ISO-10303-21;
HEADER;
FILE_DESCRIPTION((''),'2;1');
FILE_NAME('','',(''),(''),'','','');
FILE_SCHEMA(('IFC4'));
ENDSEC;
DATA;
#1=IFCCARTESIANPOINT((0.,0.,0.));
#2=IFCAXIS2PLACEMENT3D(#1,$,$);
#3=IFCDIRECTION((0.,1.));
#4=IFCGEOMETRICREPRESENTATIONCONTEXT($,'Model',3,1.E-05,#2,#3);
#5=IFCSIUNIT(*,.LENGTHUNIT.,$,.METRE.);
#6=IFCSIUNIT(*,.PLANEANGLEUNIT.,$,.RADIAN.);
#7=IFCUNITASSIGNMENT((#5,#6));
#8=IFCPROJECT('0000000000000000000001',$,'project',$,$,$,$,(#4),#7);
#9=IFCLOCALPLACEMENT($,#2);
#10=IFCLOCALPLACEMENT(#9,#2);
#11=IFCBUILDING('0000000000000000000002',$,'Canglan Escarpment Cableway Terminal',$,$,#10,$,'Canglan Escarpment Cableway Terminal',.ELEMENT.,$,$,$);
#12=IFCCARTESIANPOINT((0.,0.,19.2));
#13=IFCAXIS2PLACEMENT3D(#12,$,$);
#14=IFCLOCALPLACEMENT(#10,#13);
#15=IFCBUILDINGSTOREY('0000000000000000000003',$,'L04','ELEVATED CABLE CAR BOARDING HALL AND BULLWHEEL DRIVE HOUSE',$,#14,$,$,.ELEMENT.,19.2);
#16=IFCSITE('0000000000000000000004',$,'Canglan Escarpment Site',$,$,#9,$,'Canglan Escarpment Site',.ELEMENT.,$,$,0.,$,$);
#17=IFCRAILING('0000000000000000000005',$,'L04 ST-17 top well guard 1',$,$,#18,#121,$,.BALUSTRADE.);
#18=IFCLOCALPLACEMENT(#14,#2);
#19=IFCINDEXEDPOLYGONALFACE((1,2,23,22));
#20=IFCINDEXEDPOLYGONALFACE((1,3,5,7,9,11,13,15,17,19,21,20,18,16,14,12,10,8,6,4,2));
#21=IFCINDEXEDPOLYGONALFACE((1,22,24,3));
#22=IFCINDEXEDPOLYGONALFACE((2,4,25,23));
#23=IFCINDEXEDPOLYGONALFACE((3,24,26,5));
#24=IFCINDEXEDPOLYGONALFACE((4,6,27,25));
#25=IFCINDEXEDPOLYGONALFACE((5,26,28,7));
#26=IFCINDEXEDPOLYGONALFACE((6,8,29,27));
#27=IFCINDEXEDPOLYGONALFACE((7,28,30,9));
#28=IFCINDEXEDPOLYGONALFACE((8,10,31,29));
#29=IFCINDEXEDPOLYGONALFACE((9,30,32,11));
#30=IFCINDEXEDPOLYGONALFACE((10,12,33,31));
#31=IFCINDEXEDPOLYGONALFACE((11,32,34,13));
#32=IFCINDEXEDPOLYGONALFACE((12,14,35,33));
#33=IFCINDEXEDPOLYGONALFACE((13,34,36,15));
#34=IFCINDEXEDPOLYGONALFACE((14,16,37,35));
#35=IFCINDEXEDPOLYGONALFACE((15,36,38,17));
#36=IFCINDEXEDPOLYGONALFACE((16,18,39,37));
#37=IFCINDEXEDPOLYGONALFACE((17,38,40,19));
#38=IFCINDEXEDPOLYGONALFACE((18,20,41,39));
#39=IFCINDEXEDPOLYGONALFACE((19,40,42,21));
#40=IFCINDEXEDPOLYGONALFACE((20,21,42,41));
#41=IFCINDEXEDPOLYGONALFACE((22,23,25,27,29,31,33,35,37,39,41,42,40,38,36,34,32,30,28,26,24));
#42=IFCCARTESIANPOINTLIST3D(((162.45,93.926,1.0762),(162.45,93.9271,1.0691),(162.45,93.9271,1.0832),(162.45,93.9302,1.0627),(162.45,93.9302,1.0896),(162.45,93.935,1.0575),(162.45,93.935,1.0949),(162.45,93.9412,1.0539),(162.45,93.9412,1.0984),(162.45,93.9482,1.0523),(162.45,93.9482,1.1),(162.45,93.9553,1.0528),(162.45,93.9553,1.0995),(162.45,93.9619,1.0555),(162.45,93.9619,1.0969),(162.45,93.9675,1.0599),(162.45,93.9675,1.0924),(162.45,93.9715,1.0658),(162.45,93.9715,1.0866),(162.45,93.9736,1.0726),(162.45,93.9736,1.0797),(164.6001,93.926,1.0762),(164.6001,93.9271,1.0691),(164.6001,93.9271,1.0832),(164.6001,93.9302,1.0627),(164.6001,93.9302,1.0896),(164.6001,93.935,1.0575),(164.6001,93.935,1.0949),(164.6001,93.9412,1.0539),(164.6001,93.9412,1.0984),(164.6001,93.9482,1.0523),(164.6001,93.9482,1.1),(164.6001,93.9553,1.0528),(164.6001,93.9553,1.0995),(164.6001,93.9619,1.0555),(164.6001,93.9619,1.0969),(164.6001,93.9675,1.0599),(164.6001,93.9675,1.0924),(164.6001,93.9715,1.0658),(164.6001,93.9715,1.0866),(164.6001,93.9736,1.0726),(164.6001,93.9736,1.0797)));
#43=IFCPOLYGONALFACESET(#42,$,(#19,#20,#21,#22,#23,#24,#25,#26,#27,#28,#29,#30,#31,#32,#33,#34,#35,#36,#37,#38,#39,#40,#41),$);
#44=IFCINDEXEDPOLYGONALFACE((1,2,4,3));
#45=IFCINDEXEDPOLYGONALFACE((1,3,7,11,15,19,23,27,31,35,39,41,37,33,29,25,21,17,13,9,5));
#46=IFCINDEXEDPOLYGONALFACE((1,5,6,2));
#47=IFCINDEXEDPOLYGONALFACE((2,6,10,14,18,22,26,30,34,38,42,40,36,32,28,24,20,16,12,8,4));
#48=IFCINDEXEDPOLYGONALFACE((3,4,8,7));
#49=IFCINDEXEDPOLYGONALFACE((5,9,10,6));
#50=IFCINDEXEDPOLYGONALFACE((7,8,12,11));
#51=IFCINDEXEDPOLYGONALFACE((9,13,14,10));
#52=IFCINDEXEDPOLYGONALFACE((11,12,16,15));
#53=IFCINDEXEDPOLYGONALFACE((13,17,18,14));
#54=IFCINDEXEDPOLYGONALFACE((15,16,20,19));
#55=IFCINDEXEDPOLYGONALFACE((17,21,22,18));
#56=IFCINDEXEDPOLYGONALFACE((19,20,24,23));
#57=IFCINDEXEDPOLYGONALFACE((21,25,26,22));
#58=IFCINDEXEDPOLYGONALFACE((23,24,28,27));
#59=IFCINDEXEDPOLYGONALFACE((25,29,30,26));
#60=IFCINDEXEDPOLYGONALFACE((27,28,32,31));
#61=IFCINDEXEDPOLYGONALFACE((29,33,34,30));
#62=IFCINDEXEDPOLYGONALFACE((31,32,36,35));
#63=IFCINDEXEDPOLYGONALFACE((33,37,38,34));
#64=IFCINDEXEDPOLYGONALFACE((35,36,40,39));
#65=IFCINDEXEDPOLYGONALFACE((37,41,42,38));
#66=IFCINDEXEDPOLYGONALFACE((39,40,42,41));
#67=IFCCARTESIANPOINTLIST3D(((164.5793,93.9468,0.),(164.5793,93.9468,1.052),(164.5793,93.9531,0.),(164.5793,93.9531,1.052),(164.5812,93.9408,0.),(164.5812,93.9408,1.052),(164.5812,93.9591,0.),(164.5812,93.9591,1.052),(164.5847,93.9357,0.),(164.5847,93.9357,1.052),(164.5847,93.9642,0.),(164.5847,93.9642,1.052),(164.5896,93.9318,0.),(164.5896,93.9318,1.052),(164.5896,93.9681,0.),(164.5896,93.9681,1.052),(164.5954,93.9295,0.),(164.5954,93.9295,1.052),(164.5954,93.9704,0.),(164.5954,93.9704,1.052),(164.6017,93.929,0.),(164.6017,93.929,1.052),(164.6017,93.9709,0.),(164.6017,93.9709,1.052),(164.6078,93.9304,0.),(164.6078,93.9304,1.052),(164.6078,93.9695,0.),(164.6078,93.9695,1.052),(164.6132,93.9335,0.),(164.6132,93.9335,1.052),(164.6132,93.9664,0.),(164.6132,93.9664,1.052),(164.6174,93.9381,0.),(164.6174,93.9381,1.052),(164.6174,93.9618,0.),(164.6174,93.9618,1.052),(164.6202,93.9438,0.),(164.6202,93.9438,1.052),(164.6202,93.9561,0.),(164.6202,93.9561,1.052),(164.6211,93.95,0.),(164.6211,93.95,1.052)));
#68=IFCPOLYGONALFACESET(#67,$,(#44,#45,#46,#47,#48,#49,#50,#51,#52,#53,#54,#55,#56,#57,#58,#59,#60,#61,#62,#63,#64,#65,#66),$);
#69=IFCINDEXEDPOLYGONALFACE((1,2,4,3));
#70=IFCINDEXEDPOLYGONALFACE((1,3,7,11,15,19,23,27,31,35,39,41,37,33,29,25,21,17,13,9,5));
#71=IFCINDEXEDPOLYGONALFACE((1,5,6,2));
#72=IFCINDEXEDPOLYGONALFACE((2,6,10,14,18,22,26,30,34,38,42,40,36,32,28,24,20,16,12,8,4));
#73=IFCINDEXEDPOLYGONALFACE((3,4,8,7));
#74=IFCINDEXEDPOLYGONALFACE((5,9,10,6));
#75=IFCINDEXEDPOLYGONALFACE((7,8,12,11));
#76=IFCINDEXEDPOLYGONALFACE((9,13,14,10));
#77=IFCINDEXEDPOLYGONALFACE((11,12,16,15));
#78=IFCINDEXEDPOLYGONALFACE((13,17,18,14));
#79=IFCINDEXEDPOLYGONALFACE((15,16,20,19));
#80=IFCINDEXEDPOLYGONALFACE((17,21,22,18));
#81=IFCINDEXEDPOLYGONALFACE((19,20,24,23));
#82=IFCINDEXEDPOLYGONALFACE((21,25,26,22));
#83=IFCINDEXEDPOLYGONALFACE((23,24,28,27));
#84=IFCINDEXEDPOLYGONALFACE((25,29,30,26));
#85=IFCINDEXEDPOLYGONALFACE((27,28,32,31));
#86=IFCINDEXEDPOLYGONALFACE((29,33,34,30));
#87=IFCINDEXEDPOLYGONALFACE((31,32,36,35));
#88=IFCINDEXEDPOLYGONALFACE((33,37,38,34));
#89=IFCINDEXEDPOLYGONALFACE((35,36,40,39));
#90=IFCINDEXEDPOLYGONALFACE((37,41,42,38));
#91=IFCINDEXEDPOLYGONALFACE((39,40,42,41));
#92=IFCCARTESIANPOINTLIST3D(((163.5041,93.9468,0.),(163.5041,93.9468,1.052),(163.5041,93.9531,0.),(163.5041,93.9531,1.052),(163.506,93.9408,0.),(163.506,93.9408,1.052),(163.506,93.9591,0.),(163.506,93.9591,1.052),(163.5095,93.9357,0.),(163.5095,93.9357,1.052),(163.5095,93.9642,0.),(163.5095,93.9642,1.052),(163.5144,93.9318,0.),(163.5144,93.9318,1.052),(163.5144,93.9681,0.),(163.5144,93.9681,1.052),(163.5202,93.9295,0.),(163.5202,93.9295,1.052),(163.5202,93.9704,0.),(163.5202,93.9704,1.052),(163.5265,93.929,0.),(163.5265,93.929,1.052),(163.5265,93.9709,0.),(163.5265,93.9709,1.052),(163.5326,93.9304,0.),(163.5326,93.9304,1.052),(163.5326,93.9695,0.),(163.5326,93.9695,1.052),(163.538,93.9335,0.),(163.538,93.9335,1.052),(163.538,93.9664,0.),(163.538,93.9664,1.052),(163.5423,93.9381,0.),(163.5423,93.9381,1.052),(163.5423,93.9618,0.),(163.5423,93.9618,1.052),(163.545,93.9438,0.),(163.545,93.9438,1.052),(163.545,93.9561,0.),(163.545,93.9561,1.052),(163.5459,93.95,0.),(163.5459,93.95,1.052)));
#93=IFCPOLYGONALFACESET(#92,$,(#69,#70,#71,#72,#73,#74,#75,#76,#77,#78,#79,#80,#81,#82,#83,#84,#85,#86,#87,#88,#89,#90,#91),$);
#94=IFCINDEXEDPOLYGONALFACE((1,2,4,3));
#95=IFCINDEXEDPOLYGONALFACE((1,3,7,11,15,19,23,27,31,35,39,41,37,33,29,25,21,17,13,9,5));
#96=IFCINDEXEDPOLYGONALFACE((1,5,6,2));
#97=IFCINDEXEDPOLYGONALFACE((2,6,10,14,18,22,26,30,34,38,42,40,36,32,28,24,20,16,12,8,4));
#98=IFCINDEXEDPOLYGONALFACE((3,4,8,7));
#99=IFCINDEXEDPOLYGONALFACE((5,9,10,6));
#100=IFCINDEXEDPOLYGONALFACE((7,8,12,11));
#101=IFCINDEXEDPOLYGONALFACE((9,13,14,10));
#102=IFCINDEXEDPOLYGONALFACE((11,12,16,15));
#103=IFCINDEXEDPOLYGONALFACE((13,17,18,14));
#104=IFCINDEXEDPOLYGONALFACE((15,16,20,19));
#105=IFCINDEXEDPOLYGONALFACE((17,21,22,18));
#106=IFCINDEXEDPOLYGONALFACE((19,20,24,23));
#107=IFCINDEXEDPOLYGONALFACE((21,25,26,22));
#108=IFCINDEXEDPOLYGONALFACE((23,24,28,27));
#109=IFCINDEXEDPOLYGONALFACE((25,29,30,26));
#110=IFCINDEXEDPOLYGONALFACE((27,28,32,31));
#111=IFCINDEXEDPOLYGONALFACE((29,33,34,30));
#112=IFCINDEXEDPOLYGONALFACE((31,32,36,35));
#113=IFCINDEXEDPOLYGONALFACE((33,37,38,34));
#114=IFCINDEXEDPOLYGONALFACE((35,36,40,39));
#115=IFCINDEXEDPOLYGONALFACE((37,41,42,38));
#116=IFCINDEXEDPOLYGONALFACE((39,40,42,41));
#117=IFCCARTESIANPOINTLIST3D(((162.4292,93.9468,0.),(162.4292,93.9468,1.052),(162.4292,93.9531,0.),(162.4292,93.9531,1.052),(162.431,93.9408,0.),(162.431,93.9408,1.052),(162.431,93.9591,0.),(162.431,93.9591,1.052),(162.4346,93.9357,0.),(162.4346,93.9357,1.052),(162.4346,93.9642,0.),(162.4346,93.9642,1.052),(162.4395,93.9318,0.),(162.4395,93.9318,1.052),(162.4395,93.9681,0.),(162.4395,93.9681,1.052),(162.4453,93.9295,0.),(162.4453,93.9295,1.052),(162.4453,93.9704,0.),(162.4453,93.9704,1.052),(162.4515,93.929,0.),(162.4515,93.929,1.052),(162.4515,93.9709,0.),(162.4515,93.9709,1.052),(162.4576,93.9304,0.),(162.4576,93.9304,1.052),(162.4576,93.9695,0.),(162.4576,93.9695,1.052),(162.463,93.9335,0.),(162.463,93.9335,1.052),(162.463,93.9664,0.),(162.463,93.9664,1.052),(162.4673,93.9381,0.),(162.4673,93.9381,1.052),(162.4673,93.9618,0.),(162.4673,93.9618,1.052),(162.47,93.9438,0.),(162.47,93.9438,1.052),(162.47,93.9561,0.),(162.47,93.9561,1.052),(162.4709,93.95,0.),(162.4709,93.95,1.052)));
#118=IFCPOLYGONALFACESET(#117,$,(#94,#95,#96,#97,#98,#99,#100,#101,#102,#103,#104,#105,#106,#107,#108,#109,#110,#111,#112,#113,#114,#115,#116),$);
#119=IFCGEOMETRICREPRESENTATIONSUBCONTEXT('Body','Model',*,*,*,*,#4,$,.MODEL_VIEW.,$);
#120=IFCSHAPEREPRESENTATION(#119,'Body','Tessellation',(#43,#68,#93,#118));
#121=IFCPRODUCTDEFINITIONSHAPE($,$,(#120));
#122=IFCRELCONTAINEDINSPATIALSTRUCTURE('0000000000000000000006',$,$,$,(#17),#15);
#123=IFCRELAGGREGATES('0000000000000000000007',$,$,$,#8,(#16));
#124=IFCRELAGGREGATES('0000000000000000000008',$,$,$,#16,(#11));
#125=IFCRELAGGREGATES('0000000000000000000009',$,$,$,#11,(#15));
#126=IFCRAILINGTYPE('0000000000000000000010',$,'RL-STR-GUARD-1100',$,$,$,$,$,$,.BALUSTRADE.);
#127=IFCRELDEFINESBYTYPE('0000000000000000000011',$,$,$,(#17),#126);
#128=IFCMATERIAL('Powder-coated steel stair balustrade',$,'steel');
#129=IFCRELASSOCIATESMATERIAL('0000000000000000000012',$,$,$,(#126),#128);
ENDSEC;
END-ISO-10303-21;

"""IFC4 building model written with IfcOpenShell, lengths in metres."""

from ifc_helpers import new_model, si_unit, direction, frame, origin, origin_2d, place, context, subcontext, project, spatial, circle, extrude, material, type_object, element, save


model = new_model("IFC4")

# Units and contexts
model_context = context("Model", 3, precision=1e-05, world=origin(), true_north=direction((0.0, 1.0)))
body_context = subcontext(model_context, "Body", "Model", "MODEL_VIEW")
ifc_project = project(units=[si_unit("LENGTHUNIT", "METRE"), si_unit("PLANEANGLEUNIT", "RADIAN")], contexts=[model_context])

# Site, building, storey
site_placement = place(None, origin())
site = spatial("IfcSite", under=ifc_project, at=site_placement, Name="Canglan Escarpment Site", LongName="Canglan Escarpment Site", CompositionType="ELEMENT", RefElevation=0.0)
building_placement = place(site_placement, origin())
building = spatial("IfcBuilding", under=site, at=building_placement, Name="Canglan Escarpment Cableway Terminal", LongName="Canglan Escarpment Cableway Terminal", CompositionType="ELEMENT")
storey_placement = place(building_placement, frame((0.0, 0.0, 19.2)))
storey = spatial("IfcBuildingStorey", under=building, at=storey_placement, Name="L04", Description="ELEVATED CABLE CAR BOARDING HALL AND BULLWHEEL DRIVE HOUSE", CompositionType="ELEMENT", Elevation=19.2)

# Railing
ifc_material_1 = material(Name="Powder-coated steel stair balustrade", Category="steel")
railing_type = type_object("IfcRailingType", Name="RL-STR-GUARD-1100", PredefinedType="BALUSTRADE", material=ifc_material_1)
for number, where, name in (
    (1, (164.6001, 93.95, 0.0), "L04 ST-17 top well guard 1"),
):
    element("IfcRailing", number, at=place(storey_placement, frame(where)), inside=storey, type_object=railing_type, Name=name, PredefinedType="BALUSTRADE", context=body_context, shape_type="SweptSolid", body=[
        extrude(circle(Radius=0.0239, at=origin_2d()), frame((0.0, 0.0, 1.0762), z_axis=(-1.0, 0.0, 0.0), x_axis=(0.0, -1.0, 0.0)), (0.0, 0.0, 1.0), 2.1501),
        extrude(circle(Radius=0.021, at=origin_2d()), origin(), (0.0, 0.0, 1.0), 1.052),
        extrude(circle(Radius=0.021, at=origin_2d()), frame((-1.0752, 0.0, 0.0)), (0.0, 0.0, 1.0), 1.052),
        extrude(circle(Radius=0.021, at=origin_2d()), frame((-2.1501, 0.0, 0.0)), (0.0, 0.0, 1.0), 1.052),
    ])

save(model, "model.ifc")
